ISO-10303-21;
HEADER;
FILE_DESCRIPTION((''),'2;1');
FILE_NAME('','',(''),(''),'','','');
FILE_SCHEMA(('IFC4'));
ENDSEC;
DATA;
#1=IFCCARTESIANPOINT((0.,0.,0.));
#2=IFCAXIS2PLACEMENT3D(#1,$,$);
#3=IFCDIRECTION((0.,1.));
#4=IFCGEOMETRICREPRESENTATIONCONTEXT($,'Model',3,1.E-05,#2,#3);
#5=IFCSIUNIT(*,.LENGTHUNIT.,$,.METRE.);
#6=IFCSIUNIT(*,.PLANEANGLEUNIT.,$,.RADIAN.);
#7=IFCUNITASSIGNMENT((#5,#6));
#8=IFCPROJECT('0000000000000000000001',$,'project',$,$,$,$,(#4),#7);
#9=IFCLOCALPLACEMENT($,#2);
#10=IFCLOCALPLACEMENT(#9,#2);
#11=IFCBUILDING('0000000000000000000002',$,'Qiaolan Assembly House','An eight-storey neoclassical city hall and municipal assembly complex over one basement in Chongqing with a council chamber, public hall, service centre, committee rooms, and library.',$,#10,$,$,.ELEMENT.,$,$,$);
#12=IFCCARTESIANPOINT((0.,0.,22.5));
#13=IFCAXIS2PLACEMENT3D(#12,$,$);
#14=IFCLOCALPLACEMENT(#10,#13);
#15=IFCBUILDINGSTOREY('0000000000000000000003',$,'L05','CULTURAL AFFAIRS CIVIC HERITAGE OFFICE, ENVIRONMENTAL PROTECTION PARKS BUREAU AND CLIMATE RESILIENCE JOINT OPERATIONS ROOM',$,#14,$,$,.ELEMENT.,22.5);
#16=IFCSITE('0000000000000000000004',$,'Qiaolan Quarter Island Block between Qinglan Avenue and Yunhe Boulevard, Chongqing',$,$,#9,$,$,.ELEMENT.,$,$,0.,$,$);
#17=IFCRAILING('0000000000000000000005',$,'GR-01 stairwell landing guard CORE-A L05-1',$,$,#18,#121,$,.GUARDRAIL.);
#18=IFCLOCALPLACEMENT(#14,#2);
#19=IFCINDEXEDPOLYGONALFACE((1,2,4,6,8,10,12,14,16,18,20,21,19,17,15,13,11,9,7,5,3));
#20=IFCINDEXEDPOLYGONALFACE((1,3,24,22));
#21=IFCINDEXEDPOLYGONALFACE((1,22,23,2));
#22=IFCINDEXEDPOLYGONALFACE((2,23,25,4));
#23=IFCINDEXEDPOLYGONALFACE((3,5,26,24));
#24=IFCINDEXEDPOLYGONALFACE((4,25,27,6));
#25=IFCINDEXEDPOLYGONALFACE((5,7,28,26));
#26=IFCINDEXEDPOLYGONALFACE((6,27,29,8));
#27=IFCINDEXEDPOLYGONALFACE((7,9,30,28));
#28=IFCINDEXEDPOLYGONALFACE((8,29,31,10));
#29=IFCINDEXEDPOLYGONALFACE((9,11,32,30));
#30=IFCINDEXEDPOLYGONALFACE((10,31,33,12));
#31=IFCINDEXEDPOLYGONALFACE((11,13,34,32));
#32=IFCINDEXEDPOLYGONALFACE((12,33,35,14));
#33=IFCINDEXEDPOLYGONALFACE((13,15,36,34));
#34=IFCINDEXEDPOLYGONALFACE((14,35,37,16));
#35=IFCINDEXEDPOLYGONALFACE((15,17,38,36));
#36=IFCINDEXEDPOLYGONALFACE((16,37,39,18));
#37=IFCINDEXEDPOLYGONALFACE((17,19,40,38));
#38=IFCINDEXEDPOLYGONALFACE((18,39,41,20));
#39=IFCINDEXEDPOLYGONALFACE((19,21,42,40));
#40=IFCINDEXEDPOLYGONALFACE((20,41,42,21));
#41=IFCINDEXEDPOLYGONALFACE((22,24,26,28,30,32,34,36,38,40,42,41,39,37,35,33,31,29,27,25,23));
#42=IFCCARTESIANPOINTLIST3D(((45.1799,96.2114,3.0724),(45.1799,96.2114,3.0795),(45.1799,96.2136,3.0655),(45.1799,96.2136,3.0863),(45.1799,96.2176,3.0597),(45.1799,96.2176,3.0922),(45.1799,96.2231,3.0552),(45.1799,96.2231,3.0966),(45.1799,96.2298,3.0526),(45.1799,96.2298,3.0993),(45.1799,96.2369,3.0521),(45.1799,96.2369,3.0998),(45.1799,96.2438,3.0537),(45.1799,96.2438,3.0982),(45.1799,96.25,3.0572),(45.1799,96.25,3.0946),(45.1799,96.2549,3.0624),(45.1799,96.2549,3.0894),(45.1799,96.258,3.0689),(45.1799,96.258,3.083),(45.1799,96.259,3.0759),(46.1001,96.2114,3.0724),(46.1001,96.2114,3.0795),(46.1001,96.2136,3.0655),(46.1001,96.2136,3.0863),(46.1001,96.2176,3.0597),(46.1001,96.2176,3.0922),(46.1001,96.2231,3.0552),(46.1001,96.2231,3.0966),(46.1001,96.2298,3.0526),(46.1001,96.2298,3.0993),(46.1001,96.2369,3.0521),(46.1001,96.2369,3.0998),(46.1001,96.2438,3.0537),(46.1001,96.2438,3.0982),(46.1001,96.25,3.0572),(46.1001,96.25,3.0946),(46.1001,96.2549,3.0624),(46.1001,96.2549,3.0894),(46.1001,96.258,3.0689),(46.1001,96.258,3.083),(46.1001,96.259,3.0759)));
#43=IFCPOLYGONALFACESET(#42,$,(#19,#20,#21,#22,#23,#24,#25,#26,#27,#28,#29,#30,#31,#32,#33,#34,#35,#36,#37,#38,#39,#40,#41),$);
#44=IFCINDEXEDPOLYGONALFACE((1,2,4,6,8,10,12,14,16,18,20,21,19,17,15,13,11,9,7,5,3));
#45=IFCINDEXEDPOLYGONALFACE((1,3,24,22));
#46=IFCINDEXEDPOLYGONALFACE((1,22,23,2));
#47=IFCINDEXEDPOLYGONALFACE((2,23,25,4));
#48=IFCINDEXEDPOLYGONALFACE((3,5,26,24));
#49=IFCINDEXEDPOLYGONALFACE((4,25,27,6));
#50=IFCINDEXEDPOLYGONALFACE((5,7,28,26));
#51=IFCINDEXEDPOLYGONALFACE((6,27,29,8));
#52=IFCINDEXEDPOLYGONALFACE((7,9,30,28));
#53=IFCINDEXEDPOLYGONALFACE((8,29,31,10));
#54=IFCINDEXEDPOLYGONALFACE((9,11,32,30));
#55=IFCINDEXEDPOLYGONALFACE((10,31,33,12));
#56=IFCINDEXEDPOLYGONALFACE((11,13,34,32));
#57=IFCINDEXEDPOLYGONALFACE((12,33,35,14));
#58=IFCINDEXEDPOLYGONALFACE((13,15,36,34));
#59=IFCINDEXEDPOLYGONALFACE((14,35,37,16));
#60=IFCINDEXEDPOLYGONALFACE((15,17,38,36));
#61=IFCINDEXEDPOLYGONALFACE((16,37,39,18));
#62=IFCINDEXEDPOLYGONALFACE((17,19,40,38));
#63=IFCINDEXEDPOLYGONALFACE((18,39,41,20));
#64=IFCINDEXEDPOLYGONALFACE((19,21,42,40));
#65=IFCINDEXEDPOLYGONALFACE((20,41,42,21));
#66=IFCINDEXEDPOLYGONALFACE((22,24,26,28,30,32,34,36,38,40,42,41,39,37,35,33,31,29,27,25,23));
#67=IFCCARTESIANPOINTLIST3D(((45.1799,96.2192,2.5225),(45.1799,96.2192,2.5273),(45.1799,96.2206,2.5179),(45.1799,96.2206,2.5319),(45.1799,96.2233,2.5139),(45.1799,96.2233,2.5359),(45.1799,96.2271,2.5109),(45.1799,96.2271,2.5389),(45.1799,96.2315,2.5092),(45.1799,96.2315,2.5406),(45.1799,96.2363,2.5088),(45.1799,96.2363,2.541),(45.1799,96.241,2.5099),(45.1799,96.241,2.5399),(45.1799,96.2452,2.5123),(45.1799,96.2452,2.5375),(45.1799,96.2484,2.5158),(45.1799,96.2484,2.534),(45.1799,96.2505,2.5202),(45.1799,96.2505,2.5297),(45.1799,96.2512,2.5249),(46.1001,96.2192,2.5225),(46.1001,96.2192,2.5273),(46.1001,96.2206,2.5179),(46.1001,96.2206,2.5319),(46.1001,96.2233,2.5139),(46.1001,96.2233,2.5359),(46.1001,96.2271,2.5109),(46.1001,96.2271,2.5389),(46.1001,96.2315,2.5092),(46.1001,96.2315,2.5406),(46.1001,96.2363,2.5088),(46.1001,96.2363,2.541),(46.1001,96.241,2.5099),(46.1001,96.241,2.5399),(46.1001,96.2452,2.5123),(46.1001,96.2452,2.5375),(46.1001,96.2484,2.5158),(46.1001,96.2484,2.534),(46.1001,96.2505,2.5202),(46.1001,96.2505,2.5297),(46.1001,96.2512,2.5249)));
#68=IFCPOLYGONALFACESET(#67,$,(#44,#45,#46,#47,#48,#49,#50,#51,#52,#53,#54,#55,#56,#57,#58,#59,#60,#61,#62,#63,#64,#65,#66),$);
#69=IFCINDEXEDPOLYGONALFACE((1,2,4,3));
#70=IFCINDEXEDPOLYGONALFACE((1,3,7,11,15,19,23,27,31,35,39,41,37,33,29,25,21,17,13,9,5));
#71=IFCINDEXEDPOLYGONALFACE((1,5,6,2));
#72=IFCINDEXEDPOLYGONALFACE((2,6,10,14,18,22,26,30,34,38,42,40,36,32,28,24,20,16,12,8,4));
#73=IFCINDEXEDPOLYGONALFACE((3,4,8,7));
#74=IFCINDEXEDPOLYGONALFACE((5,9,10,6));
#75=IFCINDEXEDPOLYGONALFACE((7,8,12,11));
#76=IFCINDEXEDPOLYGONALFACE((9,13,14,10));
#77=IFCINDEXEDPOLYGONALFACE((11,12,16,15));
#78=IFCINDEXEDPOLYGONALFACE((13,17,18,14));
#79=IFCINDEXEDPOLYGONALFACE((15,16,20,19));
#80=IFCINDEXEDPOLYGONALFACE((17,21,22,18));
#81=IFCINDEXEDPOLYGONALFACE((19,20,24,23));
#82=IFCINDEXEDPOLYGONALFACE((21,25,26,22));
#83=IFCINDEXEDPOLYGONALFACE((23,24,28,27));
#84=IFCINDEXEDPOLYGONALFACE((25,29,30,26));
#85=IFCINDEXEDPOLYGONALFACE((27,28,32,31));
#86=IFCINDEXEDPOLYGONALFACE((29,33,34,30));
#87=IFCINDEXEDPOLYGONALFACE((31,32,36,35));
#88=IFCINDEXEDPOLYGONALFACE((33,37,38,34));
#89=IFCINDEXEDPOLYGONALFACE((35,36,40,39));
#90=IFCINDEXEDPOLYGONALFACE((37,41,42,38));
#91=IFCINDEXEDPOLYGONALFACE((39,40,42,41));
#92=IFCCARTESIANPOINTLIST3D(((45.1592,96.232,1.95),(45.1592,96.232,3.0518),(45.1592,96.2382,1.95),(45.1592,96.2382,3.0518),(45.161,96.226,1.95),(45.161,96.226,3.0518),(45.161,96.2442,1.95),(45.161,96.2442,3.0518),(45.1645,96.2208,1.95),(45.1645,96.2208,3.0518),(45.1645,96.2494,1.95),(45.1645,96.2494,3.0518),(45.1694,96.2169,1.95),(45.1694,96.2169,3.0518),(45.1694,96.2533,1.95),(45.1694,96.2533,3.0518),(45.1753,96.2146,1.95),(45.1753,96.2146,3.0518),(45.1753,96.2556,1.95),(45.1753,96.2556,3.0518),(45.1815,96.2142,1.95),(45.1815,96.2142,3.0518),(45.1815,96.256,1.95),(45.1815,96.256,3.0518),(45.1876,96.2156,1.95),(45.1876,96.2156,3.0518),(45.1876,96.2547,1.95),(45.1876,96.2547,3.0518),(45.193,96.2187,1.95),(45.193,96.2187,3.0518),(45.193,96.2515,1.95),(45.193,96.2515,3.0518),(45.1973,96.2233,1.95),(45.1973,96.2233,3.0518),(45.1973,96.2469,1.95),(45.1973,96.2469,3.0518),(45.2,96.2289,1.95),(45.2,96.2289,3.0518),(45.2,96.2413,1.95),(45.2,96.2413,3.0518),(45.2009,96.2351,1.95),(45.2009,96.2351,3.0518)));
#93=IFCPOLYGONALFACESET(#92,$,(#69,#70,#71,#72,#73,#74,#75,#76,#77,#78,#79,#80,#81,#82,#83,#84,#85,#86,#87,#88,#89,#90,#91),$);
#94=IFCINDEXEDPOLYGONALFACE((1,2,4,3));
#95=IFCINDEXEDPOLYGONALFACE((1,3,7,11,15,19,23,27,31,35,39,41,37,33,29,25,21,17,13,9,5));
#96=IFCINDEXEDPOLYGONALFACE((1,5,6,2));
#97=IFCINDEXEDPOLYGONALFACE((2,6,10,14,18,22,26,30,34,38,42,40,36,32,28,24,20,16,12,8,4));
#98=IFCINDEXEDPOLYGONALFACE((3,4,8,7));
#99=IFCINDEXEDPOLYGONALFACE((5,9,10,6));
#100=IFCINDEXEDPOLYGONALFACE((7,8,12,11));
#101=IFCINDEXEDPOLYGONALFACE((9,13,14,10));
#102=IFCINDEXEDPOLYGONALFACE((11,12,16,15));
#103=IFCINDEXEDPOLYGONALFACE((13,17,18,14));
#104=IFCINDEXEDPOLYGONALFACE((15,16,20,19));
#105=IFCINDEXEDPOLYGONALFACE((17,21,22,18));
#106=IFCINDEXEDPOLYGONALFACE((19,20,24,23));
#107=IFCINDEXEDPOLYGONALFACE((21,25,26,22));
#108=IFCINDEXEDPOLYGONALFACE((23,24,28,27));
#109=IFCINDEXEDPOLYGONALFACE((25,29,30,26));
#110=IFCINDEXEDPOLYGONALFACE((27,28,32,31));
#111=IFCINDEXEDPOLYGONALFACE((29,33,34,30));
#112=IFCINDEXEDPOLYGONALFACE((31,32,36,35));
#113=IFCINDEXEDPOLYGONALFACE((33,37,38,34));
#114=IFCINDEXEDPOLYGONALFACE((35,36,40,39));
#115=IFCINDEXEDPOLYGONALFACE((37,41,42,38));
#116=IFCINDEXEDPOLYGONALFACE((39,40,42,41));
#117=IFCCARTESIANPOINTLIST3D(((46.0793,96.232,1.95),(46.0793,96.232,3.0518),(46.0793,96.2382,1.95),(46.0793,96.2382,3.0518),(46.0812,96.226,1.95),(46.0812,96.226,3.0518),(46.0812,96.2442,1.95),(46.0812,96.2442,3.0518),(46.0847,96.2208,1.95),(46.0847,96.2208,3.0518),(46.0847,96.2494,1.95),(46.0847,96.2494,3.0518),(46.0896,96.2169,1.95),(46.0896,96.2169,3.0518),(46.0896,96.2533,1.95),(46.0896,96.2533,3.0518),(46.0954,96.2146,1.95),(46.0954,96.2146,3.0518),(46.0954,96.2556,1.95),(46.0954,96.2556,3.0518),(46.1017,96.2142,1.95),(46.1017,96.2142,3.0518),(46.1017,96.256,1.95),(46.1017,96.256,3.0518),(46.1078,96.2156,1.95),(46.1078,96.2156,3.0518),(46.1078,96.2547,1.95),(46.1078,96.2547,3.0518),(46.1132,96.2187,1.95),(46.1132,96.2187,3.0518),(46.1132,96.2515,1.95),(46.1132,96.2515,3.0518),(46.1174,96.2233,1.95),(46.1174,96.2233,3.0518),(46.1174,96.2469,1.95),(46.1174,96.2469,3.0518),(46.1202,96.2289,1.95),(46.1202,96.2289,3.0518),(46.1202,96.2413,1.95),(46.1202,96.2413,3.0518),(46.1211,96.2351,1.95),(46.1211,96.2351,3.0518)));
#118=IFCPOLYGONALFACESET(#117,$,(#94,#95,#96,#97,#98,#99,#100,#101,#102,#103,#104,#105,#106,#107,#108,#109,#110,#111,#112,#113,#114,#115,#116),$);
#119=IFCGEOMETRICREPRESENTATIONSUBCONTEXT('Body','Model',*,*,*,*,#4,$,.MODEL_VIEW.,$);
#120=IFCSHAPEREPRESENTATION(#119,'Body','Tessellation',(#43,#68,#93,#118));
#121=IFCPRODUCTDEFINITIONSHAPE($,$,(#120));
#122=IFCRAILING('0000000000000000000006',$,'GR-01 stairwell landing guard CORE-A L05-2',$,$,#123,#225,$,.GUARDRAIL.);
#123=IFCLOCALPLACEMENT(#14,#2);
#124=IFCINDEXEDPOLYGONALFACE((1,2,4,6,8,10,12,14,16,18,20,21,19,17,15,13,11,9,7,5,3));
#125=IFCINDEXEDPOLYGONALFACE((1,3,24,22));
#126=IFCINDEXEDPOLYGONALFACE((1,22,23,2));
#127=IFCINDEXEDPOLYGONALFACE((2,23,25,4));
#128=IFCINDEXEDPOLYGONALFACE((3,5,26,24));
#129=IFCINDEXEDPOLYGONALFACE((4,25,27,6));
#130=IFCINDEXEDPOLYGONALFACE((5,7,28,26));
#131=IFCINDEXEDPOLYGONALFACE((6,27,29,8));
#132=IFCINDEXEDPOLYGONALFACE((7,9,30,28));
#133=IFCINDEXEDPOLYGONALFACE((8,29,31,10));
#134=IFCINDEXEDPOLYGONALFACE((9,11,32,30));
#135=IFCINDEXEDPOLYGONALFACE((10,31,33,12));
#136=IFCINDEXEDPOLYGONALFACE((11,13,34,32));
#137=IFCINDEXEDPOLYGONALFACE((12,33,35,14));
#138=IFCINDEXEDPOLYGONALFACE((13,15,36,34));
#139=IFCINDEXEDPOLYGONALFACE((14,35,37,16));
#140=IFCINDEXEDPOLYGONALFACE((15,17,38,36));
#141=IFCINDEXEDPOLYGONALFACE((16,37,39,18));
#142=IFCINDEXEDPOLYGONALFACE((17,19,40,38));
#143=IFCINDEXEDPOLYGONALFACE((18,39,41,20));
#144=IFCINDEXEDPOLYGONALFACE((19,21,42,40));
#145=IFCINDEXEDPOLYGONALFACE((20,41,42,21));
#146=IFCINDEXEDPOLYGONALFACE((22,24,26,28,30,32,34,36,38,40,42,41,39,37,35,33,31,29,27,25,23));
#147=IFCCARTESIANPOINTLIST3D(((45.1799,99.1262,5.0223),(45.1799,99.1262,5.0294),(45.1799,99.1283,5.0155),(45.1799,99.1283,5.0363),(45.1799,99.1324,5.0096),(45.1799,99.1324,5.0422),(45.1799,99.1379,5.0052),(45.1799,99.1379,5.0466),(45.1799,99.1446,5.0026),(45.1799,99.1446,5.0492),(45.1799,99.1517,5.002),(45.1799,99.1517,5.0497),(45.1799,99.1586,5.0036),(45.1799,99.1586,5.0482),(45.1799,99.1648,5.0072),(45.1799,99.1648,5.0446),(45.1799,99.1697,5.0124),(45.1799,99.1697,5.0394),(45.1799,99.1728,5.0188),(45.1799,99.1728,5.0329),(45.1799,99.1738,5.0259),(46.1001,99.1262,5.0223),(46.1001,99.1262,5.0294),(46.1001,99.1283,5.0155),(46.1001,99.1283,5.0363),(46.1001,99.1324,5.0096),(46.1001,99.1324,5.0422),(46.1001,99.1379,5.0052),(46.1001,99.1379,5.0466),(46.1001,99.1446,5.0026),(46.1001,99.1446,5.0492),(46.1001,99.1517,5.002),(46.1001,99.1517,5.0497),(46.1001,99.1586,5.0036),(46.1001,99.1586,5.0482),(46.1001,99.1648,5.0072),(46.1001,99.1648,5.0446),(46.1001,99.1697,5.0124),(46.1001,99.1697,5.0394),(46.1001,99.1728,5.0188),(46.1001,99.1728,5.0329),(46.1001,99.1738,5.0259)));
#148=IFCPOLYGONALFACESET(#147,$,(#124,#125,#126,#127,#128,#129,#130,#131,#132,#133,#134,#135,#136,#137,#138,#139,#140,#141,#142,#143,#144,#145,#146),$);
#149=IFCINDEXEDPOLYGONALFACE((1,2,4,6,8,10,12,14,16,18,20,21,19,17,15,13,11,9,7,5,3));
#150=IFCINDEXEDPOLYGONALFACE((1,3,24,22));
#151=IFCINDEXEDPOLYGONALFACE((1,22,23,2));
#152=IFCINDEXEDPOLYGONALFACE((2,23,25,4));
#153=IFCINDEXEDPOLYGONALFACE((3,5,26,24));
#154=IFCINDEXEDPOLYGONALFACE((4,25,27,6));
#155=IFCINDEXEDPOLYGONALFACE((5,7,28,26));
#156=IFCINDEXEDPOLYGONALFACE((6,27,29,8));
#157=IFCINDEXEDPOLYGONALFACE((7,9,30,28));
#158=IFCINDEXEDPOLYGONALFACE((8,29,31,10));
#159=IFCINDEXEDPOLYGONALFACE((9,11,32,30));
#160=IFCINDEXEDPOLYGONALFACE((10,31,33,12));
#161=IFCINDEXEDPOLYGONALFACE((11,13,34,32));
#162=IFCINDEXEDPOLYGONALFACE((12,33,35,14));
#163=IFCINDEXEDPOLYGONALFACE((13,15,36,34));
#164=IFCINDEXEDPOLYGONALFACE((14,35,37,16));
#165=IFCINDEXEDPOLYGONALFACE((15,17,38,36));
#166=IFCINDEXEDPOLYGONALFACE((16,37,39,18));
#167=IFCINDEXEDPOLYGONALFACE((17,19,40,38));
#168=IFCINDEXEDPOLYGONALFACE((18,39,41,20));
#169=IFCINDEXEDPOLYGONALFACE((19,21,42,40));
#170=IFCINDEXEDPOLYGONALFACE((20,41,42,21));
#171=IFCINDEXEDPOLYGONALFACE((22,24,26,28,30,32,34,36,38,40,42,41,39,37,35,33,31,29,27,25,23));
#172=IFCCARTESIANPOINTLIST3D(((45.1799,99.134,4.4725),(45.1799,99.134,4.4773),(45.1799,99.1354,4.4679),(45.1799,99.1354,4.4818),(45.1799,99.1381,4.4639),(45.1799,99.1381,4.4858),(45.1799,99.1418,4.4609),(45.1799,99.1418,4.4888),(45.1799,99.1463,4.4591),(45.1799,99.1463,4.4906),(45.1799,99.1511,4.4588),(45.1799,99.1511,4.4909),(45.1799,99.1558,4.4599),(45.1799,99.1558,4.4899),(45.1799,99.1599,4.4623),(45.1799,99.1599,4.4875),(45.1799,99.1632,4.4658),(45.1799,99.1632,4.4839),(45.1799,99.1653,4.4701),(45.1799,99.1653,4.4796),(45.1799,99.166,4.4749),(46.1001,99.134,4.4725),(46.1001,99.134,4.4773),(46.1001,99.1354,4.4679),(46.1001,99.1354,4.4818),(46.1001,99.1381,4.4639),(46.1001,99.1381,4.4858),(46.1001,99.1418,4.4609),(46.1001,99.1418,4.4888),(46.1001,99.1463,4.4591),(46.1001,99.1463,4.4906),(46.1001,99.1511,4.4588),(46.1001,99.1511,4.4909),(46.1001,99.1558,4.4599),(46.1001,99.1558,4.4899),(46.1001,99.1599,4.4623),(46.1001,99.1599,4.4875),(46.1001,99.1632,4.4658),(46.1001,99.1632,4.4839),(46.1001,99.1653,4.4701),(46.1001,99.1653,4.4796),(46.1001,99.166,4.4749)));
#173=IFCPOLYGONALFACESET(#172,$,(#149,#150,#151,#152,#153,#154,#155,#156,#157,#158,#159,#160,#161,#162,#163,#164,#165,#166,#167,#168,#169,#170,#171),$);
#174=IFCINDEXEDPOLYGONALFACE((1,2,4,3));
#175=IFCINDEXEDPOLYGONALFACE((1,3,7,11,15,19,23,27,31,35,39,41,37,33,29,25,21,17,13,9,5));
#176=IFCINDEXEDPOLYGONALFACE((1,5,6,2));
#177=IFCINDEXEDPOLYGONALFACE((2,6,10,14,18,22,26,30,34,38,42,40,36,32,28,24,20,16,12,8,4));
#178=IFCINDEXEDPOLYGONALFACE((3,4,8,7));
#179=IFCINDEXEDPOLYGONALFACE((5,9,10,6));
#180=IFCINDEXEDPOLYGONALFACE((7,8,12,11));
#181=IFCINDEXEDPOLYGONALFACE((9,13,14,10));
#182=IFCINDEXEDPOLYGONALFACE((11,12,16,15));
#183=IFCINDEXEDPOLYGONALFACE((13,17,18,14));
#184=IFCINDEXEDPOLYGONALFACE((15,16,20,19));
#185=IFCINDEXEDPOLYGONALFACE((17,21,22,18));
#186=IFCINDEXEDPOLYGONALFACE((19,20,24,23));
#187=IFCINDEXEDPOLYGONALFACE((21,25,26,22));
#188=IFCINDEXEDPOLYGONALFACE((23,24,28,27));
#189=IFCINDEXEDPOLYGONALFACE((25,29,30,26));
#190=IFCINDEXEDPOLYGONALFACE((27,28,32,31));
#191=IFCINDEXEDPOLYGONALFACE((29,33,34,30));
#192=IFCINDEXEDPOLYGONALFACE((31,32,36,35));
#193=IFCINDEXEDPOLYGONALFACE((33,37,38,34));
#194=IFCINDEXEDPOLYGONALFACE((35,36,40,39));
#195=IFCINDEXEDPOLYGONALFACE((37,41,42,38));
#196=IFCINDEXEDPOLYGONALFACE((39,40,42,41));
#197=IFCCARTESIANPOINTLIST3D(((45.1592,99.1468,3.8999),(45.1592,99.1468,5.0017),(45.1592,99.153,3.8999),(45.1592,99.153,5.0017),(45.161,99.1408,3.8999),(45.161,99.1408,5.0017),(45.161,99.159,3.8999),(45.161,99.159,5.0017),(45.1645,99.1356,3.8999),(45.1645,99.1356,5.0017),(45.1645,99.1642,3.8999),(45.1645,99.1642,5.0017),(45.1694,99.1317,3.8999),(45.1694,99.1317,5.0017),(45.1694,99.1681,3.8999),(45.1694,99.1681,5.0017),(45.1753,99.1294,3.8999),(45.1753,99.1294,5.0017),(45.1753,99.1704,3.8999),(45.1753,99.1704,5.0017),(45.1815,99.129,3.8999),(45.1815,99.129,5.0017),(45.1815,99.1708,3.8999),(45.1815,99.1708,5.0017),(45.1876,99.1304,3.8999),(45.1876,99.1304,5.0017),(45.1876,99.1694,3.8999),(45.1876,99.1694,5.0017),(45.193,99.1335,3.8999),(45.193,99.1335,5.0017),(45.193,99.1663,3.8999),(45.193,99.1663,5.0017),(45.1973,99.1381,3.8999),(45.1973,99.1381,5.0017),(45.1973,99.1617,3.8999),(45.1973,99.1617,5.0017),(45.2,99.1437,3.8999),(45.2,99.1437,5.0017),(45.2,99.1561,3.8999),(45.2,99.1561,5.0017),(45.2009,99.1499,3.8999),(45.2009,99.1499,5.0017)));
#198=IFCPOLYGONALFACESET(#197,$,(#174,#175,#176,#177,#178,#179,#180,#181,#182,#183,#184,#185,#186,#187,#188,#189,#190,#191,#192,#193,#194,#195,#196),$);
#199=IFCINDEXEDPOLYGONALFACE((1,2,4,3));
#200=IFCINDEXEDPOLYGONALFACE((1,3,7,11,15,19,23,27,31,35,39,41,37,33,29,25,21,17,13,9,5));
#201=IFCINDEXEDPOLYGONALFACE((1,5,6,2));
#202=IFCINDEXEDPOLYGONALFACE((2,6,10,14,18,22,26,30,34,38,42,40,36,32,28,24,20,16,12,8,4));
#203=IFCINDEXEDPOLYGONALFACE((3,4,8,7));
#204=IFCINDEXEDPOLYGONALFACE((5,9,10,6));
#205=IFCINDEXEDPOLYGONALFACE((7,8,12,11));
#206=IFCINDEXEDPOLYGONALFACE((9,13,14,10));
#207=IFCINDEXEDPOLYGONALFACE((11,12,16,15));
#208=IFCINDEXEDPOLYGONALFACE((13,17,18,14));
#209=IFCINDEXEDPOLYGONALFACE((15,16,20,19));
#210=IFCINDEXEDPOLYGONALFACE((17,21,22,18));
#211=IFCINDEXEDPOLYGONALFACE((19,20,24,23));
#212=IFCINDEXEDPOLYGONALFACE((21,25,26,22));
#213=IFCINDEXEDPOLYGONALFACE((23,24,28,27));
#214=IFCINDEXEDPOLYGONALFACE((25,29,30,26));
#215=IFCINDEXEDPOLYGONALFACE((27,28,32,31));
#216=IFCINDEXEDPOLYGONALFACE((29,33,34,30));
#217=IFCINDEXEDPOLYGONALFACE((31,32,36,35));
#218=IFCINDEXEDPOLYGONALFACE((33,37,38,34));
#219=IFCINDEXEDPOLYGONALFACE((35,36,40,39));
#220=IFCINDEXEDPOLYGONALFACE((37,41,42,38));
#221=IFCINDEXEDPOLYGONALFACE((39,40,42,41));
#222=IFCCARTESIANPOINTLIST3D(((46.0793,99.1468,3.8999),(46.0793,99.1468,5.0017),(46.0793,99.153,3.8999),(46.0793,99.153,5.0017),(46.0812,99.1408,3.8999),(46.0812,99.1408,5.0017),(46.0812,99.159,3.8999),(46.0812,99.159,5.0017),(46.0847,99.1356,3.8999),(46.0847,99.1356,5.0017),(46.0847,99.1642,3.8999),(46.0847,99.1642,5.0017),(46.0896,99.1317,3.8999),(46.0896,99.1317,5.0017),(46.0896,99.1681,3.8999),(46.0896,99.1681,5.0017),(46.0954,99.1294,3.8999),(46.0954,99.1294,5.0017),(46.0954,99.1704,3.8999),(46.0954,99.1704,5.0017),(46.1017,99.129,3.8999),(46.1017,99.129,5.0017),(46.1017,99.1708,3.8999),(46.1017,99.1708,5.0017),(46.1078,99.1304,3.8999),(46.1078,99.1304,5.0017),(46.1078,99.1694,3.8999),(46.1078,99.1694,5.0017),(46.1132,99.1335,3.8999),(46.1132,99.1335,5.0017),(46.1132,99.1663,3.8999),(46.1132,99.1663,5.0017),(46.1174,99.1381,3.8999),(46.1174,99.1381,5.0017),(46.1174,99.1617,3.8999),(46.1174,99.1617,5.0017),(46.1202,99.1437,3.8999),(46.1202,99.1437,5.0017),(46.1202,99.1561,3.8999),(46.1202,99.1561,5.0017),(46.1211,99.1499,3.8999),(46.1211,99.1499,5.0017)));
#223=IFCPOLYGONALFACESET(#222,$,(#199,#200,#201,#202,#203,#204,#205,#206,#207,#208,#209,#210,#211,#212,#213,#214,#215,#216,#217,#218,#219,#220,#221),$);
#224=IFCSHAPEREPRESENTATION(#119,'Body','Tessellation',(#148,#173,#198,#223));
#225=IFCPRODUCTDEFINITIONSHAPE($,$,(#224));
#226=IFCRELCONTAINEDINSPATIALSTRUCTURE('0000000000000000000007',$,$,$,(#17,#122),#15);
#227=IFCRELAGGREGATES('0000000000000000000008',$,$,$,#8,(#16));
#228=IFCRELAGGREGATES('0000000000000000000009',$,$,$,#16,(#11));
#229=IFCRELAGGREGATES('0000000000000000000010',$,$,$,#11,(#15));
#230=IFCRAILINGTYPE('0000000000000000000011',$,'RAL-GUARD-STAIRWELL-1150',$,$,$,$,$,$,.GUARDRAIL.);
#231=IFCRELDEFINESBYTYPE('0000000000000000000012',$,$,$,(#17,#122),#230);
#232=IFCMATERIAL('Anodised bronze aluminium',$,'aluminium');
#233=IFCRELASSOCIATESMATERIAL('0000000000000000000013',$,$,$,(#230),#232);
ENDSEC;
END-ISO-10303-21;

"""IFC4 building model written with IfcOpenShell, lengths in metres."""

from ifc_helpers import new_model, si_unit, direction, frame, origin, origin_2d, place, context, subcontext, project, spatial, circle, extrude, material, type_object, element, save


model = new_model("IFC4")

# Units and contexts
model_context = context("Model", 3, precision=1e-05, world=origin(), true_north=direction((0.0, 1.0)))
body_context = subcontext(model_context, "Body", "Model", "MODEL_VIEW")
ifc_project = project(units=[si_unit("LENGTHUNIT", "METRE"), si_unit("PLANEANGLEUNIT", "RADIAN")], contexts=[model_context])

# Site, building, storey
site_placement = place(None, origin())
site = spatial("IfcSite", under=ifc_project, at=site_placement, Name="Qiaolan Quarter Island Block between Qinglan Avenue and Yunhe Boulevard, Chongqing", CompositionType="ELEMENT", RefElevation=0.0)
building_placement = place(site_placement, origin())
building = spatial("IfcBuilding", under=site, at=building_placement, Name="Qiaolan Assembly House", Description="An eight-storey neoclassical city hall and municipal assembly complex over one basement in Chongqing with a council chamber, public hall, service centre, committee rooms, and library.", CompositionType="ELEMENT")
storey_placement = place(building_placement, frame((0.0, 0.0, 22.5)))
storey = spatial("IfcBuildingStorey", under=building, at=storey_placement, Name="L05", Description="CULTURAL AFFAIRS CIVIC HERITAGE OFFICE, ENVIRONMENTAL PROTECTION PARKS BUREAU AND CLIMATE RESILIENCE JOINT OPERATIONS ROOM", CompositionType="ELEMENT", Elevation=22.5)

# Shared definitions
ifc_material_1 = material(Name="Anodised bronze aluminium", Category="aluminium")

# Railings
railing_type_1 = type_object("IfcRailingType", Name="RAL-GUARD-STAIRWELL-1150", PredefinedType="GUARDRAIL", material=ifc_material_1)
for number, where, name in (
    (1, (45.1799, 96.2351, 1.95), "GR-01 stairwell landing guard CORE-A L05-1"),
    (2, (45.1799, 99.1499, 3.8999), "GR-01 stairwell landing guard CORE-A L05-2"),
):
    element("IfcRailing", number, at=place(storey_placement, frame(where)), inside=storey, type_object=railing_type_1, Name=name, PredefinedType="GUARDRAIL", context=body_context, shape_type="SweptSolid", body=[
        extrude(circle(Radius=0.0239, at=origin_2d()), frame((0.0, 0.0, 1.126), z_axis=(1.0, 0.0, 0.0), x_axis=(0.0, 1.0, 0.0)), (0.0, 0.0, 1.0), 0.9202),
        extrude(circle(Radius=0.0161, at=origin_2d()), frame((0.0, 0.0, 0.575), z_axis=(1.0, 0.0, 0.0), x_axis=(0.0, 1.0, 0.0)), (0.0, 0.0, 1.0), 0.9202),
        extrude(circle(Radius=0.021, at=origin_2d()), origin(), (0.0, 0.0, 1.0), 1.1018),
        extrude(circle(Radius=0.021, at=origin_2d()), frame((0.9202, 0.0, 0.0)), (0.0, 0.0, 1.0), 1.1018),
    ])

save(model, "model.ifc")
